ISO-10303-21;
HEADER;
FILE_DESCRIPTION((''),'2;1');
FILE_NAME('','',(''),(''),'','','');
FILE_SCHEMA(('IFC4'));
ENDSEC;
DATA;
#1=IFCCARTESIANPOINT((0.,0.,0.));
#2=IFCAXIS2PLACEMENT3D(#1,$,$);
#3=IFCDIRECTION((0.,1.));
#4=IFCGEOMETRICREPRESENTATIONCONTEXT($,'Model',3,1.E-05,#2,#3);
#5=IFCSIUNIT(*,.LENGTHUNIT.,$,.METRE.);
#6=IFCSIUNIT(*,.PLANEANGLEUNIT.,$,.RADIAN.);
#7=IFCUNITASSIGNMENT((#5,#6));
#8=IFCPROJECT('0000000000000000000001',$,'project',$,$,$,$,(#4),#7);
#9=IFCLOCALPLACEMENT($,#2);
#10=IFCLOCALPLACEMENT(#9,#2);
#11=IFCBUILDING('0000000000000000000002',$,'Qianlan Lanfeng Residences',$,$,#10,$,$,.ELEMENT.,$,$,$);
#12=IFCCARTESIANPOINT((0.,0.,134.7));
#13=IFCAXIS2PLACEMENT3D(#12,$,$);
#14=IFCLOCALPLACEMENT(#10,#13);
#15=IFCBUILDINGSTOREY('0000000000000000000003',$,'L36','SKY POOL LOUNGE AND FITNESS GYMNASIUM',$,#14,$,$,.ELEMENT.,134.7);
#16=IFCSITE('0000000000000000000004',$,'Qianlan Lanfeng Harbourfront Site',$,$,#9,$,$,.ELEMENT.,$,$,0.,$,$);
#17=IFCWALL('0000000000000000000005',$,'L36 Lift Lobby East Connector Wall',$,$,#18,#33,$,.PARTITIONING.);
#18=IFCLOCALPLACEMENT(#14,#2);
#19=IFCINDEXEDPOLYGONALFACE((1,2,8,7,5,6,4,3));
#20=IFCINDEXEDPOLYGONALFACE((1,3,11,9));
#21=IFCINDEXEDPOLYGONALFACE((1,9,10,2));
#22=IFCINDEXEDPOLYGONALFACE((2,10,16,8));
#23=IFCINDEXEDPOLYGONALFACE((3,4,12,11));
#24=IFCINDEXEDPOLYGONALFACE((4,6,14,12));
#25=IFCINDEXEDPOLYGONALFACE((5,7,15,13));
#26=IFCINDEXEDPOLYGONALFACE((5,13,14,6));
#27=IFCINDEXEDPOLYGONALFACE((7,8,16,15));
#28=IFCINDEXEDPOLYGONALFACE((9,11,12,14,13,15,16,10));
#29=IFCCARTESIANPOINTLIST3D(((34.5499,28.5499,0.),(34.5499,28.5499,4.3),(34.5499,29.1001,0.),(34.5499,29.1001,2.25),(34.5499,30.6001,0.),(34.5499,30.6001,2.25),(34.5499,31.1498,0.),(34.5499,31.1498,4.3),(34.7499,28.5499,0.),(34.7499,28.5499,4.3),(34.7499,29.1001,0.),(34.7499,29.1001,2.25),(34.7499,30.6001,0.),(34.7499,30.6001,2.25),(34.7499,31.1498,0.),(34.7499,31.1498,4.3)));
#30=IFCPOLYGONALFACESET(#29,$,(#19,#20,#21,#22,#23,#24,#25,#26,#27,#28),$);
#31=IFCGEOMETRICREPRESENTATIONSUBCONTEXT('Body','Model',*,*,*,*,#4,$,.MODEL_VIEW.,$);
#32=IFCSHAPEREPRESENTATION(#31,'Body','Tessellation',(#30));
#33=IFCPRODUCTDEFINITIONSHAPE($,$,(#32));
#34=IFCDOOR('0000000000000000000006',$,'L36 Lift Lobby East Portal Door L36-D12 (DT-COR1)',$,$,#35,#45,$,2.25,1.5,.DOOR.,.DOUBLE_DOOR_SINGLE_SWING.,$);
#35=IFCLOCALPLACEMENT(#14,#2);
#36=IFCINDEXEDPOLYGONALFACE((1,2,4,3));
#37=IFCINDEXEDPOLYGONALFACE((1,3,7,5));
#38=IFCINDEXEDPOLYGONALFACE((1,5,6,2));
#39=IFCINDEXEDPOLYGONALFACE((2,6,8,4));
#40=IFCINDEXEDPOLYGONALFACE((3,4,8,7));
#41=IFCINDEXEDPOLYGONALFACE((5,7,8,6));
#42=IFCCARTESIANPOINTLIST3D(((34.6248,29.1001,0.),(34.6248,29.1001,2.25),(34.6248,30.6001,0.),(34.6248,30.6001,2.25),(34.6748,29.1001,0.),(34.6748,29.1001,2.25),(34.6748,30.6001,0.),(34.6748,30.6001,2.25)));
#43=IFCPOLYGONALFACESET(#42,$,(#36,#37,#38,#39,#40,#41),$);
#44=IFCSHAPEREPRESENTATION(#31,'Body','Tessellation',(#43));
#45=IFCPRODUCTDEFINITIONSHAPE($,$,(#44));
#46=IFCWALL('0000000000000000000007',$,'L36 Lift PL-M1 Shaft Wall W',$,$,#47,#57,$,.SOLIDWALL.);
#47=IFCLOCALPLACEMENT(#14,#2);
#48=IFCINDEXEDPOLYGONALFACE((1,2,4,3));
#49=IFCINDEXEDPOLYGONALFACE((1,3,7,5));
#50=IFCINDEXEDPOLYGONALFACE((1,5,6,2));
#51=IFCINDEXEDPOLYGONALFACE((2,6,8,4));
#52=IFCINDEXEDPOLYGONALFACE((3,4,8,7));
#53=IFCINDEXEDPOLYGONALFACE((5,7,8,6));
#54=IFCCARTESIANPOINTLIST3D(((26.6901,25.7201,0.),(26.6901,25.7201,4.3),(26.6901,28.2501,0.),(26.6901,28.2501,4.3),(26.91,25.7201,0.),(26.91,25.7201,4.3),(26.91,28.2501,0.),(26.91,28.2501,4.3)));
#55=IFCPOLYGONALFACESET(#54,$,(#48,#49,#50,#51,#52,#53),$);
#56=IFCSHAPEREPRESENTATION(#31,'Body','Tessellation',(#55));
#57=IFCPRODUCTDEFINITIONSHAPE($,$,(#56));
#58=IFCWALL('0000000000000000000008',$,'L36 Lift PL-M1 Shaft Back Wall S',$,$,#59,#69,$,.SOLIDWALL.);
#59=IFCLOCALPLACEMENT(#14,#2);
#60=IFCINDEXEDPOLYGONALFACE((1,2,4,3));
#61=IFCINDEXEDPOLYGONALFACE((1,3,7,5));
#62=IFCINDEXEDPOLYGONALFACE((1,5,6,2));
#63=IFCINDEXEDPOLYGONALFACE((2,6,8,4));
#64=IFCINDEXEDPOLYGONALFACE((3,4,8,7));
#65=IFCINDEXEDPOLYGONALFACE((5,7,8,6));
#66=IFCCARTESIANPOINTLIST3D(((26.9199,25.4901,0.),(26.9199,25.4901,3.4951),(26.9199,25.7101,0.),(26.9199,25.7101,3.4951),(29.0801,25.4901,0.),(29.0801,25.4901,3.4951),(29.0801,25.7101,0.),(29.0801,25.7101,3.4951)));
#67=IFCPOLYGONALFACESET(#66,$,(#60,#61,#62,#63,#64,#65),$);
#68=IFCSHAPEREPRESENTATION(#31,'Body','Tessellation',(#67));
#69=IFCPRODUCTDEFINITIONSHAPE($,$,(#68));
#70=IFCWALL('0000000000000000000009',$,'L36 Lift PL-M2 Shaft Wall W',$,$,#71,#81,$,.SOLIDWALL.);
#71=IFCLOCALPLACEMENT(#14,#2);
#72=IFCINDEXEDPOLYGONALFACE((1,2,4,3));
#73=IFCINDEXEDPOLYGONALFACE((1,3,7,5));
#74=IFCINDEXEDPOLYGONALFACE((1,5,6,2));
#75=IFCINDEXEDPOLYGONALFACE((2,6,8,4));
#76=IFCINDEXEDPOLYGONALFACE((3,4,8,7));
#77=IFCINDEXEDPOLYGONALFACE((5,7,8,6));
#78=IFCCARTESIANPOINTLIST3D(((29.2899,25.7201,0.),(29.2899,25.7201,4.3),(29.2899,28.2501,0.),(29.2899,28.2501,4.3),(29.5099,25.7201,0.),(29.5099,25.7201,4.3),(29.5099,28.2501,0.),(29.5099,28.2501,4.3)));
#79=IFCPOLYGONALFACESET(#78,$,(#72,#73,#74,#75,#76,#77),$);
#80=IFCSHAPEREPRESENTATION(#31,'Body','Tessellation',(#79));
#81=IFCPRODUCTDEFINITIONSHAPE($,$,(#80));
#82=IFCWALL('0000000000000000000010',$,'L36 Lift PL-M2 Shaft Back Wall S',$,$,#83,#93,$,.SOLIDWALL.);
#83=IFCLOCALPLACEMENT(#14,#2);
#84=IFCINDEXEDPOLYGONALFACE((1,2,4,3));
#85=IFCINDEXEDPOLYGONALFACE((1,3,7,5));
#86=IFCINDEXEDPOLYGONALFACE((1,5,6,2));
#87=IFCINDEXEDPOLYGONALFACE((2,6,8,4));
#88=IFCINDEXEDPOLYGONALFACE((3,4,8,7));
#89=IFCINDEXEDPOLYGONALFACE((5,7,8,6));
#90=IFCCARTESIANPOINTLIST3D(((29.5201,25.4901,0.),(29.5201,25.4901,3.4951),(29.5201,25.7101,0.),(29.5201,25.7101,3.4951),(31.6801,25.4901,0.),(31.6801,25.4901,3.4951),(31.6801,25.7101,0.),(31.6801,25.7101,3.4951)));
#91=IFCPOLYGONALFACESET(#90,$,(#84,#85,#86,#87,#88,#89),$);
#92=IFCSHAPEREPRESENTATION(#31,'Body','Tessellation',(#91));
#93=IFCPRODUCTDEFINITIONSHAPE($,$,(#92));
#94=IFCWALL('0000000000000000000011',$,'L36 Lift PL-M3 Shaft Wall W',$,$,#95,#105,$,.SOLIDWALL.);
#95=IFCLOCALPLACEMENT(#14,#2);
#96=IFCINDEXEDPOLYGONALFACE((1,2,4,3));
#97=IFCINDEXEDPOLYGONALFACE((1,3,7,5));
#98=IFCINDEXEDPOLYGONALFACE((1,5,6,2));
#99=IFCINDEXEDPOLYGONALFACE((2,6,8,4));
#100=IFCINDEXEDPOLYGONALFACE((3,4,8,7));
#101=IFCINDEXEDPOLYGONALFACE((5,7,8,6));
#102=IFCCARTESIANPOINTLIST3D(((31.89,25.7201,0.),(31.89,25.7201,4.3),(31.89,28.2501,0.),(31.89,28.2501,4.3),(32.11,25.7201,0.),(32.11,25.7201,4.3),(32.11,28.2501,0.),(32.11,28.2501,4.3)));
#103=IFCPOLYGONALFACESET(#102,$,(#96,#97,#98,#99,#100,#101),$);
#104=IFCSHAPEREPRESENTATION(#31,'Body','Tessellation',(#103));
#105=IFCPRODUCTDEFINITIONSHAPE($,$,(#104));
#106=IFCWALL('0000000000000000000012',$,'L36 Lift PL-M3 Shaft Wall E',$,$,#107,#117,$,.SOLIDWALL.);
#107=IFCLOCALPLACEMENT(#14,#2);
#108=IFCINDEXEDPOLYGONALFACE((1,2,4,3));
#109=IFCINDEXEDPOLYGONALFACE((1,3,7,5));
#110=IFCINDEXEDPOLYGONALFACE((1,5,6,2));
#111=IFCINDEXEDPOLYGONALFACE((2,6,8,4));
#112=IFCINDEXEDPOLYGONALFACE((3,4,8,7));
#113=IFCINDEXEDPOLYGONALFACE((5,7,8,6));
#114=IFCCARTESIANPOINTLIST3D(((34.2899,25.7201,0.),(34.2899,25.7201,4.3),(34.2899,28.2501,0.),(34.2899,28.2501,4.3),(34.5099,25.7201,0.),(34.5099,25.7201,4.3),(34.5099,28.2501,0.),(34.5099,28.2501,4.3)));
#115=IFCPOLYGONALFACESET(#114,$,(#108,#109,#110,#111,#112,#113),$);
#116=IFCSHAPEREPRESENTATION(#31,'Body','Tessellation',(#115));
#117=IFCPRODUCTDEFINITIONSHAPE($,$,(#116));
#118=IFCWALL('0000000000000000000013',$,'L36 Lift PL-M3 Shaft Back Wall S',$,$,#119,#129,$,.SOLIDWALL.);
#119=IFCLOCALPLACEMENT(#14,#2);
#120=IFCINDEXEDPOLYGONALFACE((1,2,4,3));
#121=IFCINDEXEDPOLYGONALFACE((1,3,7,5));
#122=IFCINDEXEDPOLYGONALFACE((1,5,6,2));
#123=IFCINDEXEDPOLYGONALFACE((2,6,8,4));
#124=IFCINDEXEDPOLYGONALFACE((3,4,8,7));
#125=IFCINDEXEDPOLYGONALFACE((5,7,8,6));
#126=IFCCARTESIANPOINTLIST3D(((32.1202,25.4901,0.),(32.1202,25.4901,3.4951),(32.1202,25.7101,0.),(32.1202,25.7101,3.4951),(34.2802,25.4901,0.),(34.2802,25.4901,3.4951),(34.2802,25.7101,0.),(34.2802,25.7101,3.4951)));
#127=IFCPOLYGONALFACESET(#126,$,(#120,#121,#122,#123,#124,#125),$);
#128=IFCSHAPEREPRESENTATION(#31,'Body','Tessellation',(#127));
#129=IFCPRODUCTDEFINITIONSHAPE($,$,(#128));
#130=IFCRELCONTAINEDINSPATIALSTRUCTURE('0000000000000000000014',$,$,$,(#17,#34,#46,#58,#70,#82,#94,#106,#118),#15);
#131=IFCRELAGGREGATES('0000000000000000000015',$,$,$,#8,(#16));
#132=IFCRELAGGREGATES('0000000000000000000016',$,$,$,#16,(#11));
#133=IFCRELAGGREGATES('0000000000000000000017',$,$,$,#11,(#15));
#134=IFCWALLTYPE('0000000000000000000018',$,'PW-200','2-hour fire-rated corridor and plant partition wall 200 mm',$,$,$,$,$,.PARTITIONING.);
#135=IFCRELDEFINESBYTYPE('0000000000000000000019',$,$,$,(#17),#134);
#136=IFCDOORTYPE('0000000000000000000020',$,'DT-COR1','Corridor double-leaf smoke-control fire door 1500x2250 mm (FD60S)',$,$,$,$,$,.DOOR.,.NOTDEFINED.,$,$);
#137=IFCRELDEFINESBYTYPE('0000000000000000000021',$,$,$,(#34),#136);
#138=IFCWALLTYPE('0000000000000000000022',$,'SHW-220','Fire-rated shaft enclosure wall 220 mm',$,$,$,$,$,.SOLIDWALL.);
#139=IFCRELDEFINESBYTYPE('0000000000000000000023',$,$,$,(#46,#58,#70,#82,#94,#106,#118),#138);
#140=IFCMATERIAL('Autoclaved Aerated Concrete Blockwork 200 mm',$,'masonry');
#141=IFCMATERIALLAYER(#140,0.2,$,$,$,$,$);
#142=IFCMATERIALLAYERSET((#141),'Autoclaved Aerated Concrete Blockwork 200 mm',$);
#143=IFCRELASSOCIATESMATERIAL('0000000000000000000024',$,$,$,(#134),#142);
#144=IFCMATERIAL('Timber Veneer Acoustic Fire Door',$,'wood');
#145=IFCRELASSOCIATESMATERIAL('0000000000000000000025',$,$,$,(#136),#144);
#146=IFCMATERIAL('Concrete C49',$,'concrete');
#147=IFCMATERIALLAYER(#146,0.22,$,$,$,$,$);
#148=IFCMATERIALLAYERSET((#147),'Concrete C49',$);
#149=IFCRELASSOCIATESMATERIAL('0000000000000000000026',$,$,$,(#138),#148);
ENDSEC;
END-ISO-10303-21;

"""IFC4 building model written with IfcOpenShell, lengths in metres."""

from ifc_helpers import new_model, si_unit, direction, frame, frame_2d, origin, place, context, subcontext, project, spatial, rectangle, extrude, material, layer, layer_set, type_object, element, fill, save


model = new_model("IFC4")

# Units and contexts
model_context = context("Model", 3, precision=1e-05, world=origin(), true_north=direction((0.0, 1.0)))
body_context = subcontext(model_context, "Body", "Model", "MODEL_VIEW")
ifc_project = project(units=[si_unit("LENGTHUNIT", "METRE"), si_unit("PLANEANGLEUNIT", "RADIAN")], contexts=[model_context])

# Site, building, storey
site_placement = place(None, origin())
site = spatial("IfcSite", under=ifc_project, at=site_placement, Name="Qianlan Lanfeng Harbourfront Site", CompositionType="ELEMENT", RefElevation=0.0)
building_placement = place(site_placement, origin())
building = spatial("IfcBuilding", under=site, at=building_placement, Name="Qianlan Lanfeng Residences", CompositionType="ELEMENT")
storey_placement = place(building_placement, frame((0.0, 0.0, 134.7)))
storey = spatial("IfcBuildingStorey", under=building, at=storey_placement, Name="L36", Description="SKY POOL LOUNGE AND FITNESS GYMNASIUM", CompositionType="ELEMENT", Elevation=134.7)

# Shared definitions
ifc_material_1 = material(Name="Concrete C49", Category="concrete")

# Wall, opening, door
ifc_material_2 = material(Name="Autoclaved Aerated Concrete Blockwork 200 mm", Category="masonry")
ifc_layer_1 = layer(ifc_material_2, 0.2)
ifc_layer_set_1 = layer_set([ifc_layer_1], Name="Autoclaved Aerated Concrete Blockwork 200 mm")
wall_type_1 = type_object("IfcWallType", Name="PW-200", Description="2-hour fire-rated corridor and plant partition wall 200 mm", PredefinedType="PARTITIONING", material=ifc_layer_set_1)
wall_1_placement = place(storey_placement, frame((34.6499, 28.55, 0.0), z_axis=(0.0, 0.0, 1.0), x_axis=(0.0, 1.0, 0.0)))
wall_1 = element("IfcWall", 1, at=wall_1_placement, inside=storey, type_object=wall_type_1, Name="L36 Lift Lobby East Connector Wall", PredefinedType="PARTITIONING", context=body_context, shape_type="SweptSolid", body=[
    extrude(rectangle(XDim=2.5999, YDim=0.2, at=frame_2d((1.2998, 0.0))), origin(), (0.0, 0.0, 1.0), 4.3),
])
opening_1_placement = place(wall_1_placement, frame((0.55, 0.0, 0.0)))
opening_1 = element("IfcOpeningElement", 2, at=opening_1_placement, cuts=wall_1, PredefinedType="OPENING", context=body_context, shape_type="SweptSolid", body=[
    extrude(rectangle(XDim=1.5, YDim=2.25, at=frame_2d((0.75, 1.125))), frame((0.0, 0.1099, 0.0), z_axis=(0.0, -1.0, 0.0), x_axis=(1.0, 0.0, 0.0)), (0.0, 0.0, 1.0), 0.22),
])
ifc_material_3 = material(Name="Timber Veneer Acoustic Fire Door", Category="wood")
door_type_1 = type_object("IfcDoorType", Name="DT-COR1", Description="Corridor double-leaf smoke-control fire door 1500x2250 mm (FD60S)", OperationType="NOTDEFINED", PredefinedType="DOOR", material=ifc_material_3)
door_1_placement = place(opening_1_placement, frame((1.5, 0.0, 0.0), z_axis=(0.0, 0.0, 1.0), x_axis=(-1.0, 0.0, 0.0)))
door_1 = element("IfcDoor", 3, at=door_1_placement, inside=storey, type_object=door_type_1, Name="L36 Lift Lobby East Portal Door L36-D12 (DT-COR1)", OperationType="DOUBLE_DOOR_SINGLE_SWING", OverallHeight=2.25, OverallWidth=1.5, PredefinedType="DOOR", context=body_context, shape_type="SweptSolid", body=[
    extrude(rectangle(XDim=1.5, YDim=2.25, at=frame_2d((0.75, 1.125))), frame((0.0, 0.0249, 0.0), z_axis=(0.0, -1.0, 0.0), x_axis=(1.0, 0.0, 0.0)), (0.0, 0.0, 1.0), 0.05),
])
fill(opening_1, door_1)

# Walls
ifc_layer_2 = layer(ifc_material_1, 0.22)
ifc_layer_set_2 = layer_set([ifc_layer_2], Name="Concrete C49")
wall_type_2 = type_object("IfcWallType", Name="SHW-220", Description="Fire-rated shaft enclosure wall 220 mm", PredefinedType="SOLIDWALL", material=ifc_layer_set_2)
wall_2_placement = place(storey_placement, frame((26.8, 25.72, 0.0), z_axis=(0.0, 0.0, 1.0), x_axis=(0.0, 1.0, 0.0)))
element("IfcWall", 4, at=wall_2_placement, inside=storey, type_object=wall_type_2, Name="L36 Lift PL-M1 Shaft Wall W", PredefinedType="SOLIDWALL", context=body_context, shape_type="SweptSolid", body=[
    extrude(rectangle(XDim=2.53, YDim=0.22, at=frame_2d((1.2651, 0.0))), origin(), (0.0, 0.0, 1.0), 4.3),
])
wall_3_placement = place(storey_placement, frame((26.9199, 25.6001, 0.0), z_axis=(0.0, 0.0, 1.0), x_axis=(1.0, 0.0, 0.0)))
element("IfcWall", 5, at=wall_3_placement, inside=storey, type_object=wall_type_2, Name="L36 Lift PL-M1 Shaft Back Wall S", PredefinedType="SOLIDWALL", context=body_context, shape_type="SweptSolid", body=[
    extrude(rectangle(XDim=2.1602, YDim=0.22, at=frame_2d((1.0801, 0.0))), origin(), (0.0, 0.0, 1.0), 3.4951),
])
wall_4_placement = place(storey_placement, frame((29.3999, 25.72, 0.0), z_axis=(0.0, 0.0, 1.0), x_axis=(0.0, 1.0, 0.0)))
element("IfcWall", 6, at=wall_4_placement, inside=storey, type_object=wall_type_2, Name="L36 Lift PL-M2 Shaft Wall W", PredefinedType="SOLIDWALL", context=body_context, shape_type="SweptSolid", body=[
    extrude(rectangle(XDim=2.53, YDim=0.22, at=frame_2d((1.2651, 0.0))), origin(), (0.0, 0.0, 1.0), 4.3),
])
wall_5_placement = place(storey_placement, frame((29.52, 25.6001, 0.0), z_axis=(0.0, 0.0, 1.0), x_axis=(1.0, 0.0, 0.0)))
element("IfcWall", 7, at=wall_5_placement, inside=storey, type_object=wall_type_2, Name="L36 Lift PL-M2 Shaft Back Wall S", PredefinedType="SOLIDWALL", context=body_context, shape_type="SweptSolid", body=[
    extrude(rectangle(XDim=2.1599, YDim=0.22, at=frame_2d((1.0801, 0.0))), origin(), (0.0, 0.0, 1.0), 3.4951),
])
for number, where, z_axis, x_axis, name in (
    (8, (32.0, 25.72, 0.0), (0.0, 0.0, 1.0), (0.0, 1.0, 0.0), "L36 Lift PL-M3 Shaft Wall W"),
    (9, (34.3999, 25.72, 0.0), (0.0, 0.0, 1.0), (0.0, 1.0, 0.0), "L36 Lift PL-M3 Shaft Wall E"),
):
    element("IfcWall", number, at=place(storey_placement, frame(where, z_axis=z_axis, x_axis=x_axis)), inside=storey, type_object=wall_type_2, Name=name, PredefinedType="SOLIDWALL", context=body_context, shape_type="SweptSolid", body=[
        extrude(rectangle(XDim=2.53, YDim=0.22, at=frame_2d((1.2651, 0.0))), origin(), (0.0, 0.0, 1.0), 4.3),
    ])
wall_6_placement = place(storey_placement, frame((32.1201, 25.6001, 0.0), z_axis=(0.0, 0.0, 1.0), x_axis=(1.0, 0.0, 0.0)))
element("IfcWall", 10, at=wall_6_placement, inside=storey, type_object=wall_type_2, Name="L36 Lift PL-M3 Shaft Back Wall S", PredefinedType="SOLIDWALL", context=body_context, shape_type="SweptSolid", body=[
    extrude(rectangle(XDim=2.1599, YDim=0.22, at=frame_2d((1.0801, 0.0))), origin(), (0.0, 0.0, 1.0), 3.4951),
])

save(model, "model.ifc")
